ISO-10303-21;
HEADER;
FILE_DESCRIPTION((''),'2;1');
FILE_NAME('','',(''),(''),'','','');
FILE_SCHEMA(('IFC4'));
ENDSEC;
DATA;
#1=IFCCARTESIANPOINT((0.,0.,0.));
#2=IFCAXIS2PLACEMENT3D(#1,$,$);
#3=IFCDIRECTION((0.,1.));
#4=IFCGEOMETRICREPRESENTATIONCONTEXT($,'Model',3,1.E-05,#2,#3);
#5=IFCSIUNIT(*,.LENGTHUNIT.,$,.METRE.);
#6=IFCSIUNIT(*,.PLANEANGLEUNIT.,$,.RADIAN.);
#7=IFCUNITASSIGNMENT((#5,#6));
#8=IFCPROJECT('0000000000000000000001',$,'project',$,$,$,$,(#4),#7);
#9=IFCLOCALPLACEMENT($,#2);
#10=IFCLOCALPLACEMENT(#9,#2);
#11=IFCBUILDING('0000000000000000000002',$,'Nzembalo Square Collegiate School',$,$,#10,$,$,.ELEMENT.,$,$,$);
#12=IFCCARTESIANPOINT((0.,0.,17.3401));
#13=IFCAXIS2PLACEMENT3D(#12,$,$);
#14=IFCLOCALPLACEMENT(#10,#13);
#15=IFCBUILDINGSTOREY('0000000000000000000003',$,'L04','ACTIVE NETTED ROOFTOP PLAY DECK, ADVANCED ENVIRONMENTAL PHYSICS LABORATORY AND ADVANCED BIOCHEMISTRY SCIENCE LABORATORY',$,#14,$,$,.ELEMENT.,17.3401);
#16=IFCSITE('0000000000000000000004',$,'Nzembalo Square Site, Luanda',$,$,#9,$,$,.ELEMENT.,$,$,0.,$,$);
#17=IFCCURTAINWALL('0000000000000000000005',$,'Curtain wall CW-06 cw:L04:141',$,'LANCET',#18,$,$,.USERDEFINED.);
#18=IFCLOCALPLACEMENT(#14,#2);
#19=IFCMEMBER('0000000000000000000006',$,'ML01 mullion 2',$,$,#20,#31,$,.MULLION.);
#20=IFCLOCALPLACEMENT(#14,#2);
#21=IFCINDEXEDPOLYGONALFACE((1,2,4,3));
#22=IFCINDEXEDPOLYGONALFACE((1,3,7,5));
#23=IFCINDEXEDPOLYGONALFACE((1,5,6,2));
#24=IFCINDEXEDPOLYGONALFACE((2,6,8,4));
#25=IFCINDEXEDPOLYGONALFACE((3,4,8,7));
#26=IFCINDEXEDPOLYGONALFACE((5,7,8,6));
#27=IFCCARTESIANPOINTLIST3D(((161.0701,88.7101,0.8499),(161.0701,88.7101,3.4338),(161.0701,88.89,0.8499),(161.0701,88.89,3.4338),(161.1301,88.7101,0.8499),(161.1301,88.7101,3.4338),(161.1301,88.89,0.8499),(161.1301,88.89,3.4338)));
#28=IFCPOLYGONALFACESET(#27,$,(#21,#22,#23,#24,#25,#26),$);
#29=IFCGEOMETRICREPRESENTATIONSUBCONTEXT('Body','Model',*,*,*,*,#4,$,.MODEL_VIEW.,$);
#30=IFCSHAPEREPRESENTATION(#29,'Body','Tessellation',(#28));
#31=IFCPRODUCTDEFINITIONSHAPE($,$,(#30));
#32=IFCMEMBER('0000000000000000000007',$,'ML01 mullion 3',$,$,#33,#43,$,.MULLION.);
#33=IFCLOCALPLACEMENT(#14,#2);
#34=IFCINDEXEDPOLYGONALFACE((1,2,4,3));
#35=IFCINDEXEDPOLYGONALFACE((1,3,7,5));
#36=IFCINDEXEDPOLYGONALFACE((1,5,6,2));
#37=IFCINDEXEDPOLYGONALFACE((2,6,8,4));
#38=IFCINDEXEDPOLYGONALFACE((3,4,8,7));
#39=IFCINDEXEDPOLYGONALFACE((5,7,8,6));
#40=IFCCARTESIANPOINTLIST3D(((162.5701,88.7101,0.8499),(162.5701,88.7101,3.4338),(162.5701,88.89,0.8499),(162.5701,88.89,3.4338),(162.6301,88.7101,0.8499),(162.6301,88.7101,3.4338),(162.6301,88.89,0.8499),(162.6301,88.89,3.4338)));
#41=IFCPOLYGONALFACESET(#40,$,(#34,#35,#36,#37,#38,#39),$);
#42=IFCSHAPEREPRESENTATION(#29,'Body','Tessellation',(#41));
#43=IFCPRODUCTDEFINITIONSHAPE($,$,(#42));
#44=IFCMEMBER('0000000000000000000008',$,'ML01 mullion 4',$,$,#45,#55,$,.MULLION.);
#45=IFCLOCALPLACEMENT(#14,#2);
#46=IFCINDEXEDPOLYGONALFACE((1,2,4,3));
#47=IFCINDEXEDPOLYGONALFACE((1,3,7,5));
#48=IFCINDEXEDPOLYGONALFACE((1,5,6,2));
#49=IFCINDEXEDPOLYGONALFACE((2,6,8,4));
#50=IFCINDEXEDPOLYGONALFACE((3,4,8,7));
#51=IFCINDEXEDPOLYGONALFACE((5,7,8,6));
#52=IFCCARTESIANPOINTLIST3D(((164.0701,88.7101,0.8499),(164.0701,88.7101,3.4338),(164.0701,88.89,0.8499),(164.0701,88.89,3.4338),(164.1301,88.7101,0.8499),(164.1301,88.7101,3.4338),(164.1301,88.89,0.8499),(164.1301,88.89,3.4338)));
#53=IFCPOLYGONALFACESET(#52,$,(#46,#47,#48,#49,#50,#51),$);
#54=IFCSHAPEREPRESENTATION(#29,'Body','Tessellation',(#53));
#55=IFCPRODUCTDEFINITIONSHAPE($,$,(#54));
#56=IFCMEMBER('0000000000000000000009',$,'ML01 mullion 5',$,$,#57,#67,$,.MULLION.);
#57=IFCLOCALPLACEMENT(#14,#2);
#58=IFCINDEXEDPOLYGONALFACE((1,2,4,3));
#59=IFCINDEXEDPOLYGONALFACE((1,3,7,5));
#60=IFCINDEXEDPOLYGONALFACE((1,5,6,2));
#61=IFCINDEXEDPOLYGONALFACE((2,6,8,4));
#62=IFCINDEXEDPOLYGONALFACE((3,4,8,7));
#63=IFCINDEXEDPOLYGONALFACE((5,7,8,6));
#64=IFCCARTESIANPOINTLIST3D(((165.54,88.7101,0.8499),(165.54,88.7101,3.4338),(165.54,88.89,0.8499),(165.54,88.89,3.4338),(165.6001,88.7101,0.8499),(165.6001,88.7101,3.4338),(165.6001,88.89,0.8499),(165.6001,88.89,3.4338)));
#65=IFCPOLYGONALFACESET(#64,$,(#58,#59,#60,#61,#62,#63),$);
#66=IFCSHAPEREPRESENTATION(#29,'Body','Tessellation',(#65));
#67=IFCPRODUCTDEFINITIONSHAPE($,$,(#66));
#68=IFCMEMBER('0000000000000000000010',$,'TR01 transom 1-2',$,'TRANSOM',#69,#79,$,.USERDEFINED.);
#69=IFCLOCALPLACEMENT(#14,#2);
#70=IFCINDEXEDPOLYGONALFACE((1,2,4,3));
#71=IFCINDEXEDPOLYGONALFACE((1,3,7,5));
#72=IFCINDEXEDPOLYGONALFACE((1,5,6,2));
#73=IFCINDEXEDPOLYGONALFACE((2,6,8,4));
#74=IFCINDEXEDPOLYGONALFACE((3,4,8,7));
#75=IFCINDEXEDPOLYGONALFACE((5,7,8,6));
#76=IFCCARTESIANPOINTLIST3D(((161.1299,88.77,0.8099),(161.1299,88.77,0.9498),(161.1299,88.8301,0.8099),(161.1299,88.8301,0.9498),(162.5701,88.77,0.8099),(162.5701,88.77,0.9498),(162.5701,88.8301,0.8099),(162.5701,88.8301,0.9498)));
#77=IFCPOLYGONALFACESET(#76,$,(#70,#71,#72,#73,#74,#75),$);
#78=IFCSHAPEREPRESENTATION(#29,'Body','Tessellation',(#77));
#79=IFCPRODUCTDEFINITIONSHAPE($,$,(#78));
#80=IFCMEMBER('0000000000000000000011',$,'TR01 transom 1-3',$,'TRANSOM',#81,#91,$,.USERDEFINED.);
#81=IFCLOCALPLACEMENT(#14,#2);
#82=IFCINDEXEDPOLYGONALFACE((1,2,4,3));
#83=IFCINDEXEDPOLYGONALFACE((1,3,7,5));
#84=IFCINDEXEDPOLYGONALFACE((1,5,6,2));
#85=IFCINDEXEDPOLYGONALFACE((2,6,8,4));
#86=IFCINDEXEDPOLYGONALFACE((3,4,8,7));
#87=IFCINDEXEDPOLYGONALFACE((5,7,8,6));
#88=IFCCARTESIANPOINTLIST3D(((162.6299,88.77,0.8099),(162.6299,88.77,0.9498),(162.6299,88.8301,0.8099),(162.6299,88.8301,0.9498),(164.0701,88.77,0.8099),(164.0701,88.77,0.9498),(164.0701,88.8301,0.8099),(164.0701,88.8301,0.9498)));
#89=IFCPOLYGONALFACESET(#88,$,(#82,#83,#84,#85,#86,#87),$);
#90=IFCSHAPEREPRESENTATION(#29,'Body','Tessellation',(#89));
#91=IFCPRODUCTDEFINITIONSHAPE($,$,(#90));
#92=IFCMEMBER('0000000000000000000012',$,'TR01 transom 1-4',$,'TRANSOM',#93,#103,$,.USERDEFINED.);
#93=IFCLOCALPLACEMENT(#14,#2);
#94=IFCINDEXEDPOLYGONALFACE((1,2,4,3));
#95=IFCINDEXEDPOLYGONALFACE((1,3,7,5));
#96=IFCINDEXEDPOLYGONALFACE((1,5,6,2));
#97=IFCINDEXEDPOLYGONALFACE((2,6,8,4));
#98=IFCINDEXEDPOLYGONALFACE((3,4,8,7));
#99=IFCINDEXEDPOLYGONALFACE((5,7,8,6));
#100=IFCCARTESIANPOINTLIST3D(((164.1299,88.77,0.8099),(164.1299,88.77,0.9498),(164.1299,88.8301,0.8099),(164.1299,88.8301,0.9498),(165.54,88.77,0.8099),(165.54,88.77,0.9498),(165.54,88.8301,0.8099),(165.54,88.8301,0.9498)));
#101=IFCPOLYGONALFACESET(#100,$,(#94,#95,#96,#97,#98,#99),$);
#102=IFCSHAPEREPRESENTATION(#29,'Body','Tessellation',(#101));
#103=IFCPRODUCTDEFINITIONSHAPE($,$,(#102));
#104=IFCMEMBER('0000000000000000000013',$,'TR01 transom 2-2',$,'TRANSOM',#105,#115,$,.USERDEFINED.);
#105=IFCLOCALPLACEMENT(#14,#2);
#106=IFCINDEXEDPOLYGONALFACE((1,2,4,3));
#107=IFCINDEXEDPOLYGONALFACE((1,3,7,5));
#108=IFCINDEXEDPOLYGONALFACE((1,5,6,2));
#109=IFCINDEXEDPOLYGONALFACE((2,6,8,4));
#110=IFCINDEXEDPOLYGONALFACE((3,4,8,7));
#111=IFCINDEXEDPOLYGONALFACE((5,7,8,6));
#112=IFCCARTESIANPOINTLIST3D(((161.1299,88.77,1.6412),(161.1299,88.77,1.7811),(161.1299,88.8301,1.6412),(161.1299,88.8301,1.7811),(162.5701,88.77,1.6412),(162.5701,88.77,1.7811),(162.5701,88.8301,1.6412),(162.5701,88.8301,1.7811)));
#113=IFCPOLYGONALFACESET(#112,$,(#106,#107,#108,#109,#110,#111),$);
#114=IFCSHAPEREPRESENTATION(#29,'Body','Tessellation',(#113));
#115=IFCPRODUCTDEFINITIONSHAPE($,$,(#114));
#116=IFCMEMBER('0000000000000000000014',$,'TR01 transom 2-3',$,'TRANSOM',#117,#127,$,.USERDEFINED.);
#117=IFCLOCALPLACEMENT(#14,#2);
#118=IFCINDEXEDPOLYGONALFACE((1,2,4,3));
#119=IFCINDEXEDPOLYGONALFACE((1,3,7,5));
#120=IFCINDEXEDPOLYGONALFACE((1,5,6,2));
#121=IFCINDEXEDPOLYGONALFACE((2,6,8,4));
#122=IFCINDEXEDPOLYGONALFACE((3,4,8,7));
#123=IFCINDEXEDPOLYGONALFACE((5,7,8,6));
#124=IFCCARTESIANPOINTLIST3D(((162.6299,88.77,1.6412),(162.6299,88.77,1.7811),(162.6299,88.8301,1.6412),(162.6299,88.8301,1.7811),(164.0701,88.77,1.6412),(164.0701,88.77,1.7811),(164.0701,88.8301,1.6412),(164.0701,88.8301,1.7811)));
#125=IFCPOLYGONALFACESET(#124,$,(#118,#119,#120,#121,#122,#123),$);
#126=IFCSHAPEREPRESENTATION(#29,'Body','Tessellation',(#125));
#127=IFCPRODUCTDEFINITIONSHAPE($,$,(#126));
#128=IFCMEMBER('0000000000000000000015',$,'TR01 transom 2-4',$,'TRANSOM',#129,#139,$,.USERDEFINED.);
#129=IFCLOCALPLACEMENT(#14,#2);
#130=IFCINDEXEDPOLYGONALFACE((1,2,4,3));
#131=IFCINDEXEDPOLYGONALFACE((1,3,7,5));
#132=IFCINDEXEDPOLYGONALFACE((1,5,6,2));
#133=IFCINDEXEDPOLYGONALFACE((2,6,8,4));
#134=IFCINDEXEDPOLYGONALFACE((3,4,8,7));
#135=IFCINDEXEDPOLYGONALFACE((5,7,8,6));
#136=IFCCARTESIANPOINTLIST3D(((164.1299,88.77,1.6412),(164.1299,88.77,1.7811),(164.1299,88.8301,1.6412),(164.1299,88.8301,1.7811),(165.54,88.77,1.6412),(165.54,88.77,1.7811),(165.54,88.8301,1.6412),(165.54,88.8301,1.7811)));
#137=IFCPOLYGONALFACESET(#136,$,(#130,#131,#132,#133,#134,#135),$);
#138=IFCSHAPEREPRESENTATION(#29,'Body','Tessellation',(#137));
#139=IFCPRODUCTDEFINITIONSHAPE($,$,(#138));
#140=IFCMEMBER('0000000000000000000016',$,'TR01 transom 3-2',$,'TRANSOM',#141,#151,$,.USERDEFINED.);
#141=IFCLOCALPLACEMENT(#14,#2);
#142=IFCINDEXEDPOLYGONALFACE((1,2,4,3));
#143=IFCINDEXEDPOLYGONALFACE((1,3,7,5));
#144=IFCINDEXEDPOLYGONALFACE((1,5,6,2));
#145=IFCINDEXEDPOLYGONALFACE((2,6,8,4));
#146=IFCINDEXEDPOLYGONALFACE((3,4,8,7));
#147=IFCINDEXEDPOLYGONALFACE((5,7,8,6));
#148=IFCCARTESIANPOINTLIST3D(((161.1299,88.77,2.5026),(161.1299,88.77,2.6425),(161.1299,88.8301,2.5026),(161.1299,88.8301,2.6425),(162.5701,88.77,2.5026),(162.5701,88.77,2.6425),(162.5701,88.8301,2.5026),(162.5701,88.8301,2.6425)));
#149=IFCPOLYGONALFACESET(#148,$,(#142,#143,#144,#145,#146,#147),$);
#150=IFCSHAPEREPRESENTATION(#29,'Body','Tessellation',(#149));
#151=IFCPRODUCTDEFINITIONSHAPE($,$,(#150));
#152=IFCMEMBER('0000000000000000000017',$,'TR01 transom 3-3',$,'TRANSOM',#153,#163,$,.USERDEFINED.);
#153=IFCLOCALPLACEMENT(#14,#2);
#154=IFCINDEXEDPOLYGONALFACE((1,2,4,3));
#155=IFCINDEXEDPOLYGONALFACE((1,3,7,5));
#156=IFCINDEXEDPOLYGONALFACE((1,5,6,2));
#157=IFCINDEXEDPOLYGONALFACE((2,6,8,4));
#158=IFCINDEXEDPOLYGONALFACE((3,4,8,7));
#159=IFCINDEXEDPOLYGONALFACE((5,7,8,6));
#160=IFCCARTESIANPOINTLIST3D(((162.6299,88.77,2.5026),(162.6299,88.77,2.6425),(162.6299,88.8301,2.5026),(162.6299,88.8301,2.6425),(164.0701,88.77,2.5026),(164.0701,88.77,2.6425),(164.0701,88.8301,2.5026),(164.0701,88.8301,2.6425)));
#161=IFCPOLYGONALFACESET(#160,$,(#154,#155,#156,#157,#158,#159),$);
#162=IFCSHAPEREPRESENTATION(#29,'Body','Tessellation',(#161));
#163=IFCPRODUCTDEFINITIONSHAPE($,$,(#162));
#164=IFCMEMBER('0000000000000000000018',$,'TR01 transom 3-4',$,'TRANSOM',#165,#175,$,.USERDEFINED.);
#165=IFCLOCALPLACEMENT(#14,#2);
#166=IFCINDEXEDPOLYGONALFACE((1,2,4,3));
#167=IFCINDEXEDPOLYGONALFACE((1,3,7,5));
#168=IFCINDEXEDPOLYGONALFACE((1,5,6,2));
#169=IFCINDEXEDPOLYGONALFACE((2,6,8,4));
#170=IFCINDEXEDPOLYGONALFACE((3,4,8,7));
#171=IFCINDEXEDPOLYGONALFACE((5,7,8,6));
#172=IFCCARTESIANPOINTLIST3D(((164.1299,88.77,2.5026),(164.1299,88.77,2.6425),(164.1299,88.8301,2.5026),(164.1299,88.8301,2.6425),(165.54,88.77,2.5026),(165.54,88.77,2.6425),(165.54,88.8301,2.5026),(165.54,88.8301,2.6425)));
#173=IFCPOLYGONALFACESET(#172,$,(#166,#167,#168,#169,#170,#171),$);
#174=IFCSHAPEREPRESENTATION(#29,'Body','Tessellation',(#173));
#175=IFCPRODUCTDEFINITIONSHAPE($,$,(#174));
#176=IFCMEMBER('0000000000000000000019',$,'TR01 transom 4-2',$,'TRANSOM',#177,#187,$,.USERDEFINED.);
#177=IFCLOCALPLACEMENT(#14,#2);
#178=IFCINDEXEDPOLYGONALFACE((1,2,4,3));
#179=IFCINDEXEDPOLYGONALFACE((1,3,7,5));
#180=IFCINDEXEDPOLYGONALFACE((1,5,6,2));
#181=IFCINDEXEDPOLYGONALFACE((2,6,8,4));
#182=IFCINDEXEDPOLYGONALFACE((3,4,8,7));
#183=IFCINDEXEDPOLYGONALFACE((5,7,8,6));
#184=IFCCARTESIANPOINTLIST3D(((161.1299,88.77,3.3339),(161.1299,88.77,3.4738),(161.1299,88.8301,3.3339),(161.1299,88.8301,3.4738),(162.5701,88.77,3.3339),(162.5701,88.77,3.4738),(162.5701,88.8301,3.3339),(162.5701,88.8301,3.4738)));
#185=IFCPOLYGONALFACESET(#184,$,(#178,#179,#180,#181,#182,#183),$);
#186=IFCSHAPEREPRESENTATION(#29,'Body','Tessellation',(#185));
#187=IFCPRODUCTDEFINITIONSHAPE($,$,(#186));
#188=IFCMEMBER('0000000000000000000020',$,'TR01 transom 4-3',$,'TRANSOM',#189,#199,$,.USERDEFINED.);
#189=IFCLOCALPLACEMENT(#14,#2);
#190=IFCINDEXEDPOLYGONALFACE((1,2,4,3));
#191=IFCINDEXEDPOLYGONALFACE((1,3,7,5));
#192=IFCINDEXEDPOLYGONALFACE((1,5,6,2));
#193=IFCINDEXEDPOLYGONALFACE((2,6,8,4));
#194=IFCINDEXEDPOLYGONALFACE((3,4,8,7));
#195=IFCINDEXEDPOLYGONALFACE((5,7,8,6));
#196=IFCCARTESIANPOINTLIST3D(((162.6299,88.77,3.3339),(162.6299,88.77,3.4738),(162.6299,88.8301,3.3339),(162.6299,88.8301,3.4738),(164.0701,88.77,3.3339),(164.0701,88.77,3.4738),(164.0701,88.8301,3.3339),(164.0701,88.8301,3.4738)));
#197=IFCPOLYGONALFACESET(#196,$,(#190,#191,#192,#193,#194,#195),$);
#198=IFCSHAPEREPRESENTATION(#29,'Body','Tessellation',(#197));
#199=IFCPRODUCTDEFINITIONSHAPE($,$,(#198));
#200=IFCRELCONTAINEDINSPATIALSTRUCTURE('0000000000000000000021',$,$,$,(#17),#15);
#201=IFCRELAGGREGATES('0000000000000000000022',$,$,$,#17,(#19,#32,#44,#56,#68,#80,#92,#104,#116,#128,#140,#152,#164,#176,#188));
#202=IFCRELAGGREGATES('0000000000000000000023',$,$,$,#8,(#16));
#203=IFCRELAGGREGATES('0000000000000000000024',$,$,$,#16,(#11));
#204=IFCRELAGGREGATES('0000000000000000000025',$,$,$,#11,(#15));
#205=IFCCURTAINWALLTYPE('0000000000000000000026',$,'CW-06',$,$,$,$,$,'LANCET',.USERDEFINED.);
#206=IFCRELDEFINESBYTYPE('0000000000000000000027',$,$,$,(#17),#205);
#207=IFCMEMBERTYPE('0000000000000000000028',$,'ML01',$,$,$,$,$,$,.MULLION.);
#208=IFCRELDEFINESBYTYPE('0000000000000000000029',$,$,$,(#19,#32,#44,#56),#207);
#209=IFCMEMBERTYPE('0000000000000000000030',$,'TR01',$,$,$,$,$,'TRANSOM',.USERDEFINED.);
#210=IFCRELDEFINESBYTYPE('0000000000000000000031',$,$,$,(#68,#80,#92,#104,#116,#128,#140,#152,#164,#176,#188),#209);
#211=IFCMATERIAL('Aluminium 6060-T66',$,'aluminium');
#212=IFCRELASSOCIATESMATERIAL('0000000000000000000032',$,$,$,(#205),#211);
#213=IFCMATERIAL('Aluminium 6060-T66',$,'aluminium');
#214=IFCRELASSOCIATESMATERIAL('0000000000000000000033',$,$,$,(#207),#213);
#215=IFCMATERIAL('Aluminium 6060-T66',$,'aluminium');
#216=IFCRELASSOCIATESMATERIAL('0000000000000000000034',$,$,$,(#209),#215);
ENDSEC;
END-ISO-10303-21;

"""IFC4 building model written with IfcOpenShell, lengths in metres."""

from ifc_helpers import new_model, si_unit, direction, frame, origin, origin_2d, place, context, subcontext, project, spatial, rectangle, extrude, material, material_profile, profile_set, type_object, element, aggregate, save


model = new_model("IFC4")

# Units and contexts
model_context = context("Model", 3, precision=1e-05, world=origin(), true_north=direction((0.0, 1.0)))
body_context = subcontext(model_context, "Body", "Model", "MODEL_VIEW")
ifc_project = project(units=[si_unit("LENGTHUNIT", "METRE"), si_unit("PLANEANGLEUNIT", "RADIAN")], contexts=[model_context])

# Site, building, storey
site_placement = place(None, origin())
site = spatial("IfcSite", under=ifc_project, at=site_placement, Name="Nzembalo Square Site, Luanda", CompositionType="ELEMENT", RefElevation=0.0)
building_placement = place(site_placement, origin())
building = spatial("IfcBuilding", under=site, at=building_placement, Name="Nzembalo Square Collegiate School", CompositionType="ELEMENT")
storey_placement = place(building_placement, frame((0.0, 0.0, 17.3401)))
storey = spatial("IfcBuildingStorey", under=building, at=storey_placement, Name="L04", Description="ACTIVE NETTED ROOFTOP PLAY DECK, ADVANCED ENVIRONMENTAL PHYSICS LABORATORY AND ADVANCED BIOCHEMISTRY SCIENCE LABORATORY", CompositionType="ELEMENT", Elevation=17.3401)

# Curtain wall, members
ifc_material_1 = material(Name="Aluminium 6060-T66", Category="aluminium")
curtain_wall_type = type_object("IfcCurtainWallType", Name="CW-06", ElementType="LANCET", PredefinedType="USERDEFINED", material=ifc_material_1)
curtain_wall_placement = place(storey_placement, origin())
curtain_wall = element("IfcCurtainWall", 1, at=curtain_wall_placement, inside=storey, type_object=curtain_wall_type, Name="Curtain wall CW-06 cw:L04:141", ObjectType="LANCET", PredefinedType="USERDEFINED")
ifc_material_2 = material(Name="Aluminium 6060-T66", Category="aluminium")
ifc_material_profile_1 = material_profile(ifc_material_2, rectangle(XDim=0.0601, YDim=0.1799, at=origin_2d()), Name="ALU M60x180")
ifc_profile_set_1 = profile_set([ifc_material_profile_1], Name="Aluminium 6060-T66")
member_type_1 = type_object("IfcMemberType", Name="ML01", PredefinedType="MULLION", material=ifc_profile_set_1)
member_1_placement = place(storey_placement, frame((161.1001, 88.8, 0.8499), z_axis=(0.0, 0.0, 1.0), x_axis=(1.0, 0.0, 0.0)))
member_1 = element("IfcMember", 2, at=member_1_placement, type_object=member_type_1, Name="ML01 mullion 2", PredefinedType="MULLION", context=body_context, shape_type="SweptSolid", body=[
    extrude(rectangle(XDim=0.0601, YDim=0.1799, at=origin_2d()), origin(), (0.0, 0.0, 1.0), 2.584),
])
member_2_placement = place(storey_placement, frame((162.6001, 88.8, 0.8499), z_axis=(0.0, 0.0, 1.0), x_axis=(1.0, 0.0, 0.0)))
member_2 = element("IfcMember", 3, at=member_2_placement, type_object=member_type_1, Name="ML01 mullion 3", PredefinedType="MULLION", context=body_context, shape_type="SweptSolid", body=[
    extrude(rectangle(XDim=0.0601, YDim=0.1799, at=origin_2d()), origin(), (0.0, 0.0, 1.0), 2.584),
])
member_3_placement = place(storey_placement, frame((164.1001, 88.8, 0.8499), z_axis=(0.0, 0.0, 1.0), x_axis=(1.0, 0.0, 0.0)))
member_3 = element("IfcMember", 4, at=member_3_placement, type_object=member_type_1, Name="ML01 mullion 4", PredefinedType="MULLION", context=body_context, shape_type="SweptSolid", body=[
    extrude(rectangle(XDim=0.0601, YDim=0.1799, at=origin_2d()), origin(), (0.0, 0.0, 1.0), 2.584),
])
member_4_placement = place(storey_placement, frame((165.5701, 88.8, 0.8499), z_axis=(0.0, 0.0, 1.0), x_axis=(1.0, 0.0, 0.0)))
member_4 = element("IfcMember", 5, at=member_4_placement, type_object=member_type_1, Name="ML01 mullion 5", PredefinedType="MULLION", context=body_context, shape_type="SweptSolid", body=[
    extrude(rectangle(XDim=0.0601, YDim=0.1799, at=origin_2d()), origin(), (0.0, 0.0, 1.0), 2.584),
])
ifc_material_3 = material(Name="Aluminium 6060-T66", Category="aluminium")
ifc_material_profile_2 = material_profile(ifc_material_3, rectangle(XDim=0.0601, YDim=0.1399, at=origin_2d()), Name="ALU T60x140")
ifc_profile_set_2 = profile_set([ifc_material_profile_2], Name="Aluminium 6060-T66")
member_type_2 = type_object("IfcMemberType", Name="TR01", ElementType="TRANSOM", PredefinedType="USERDEFINED", material=ifc_profile_set_2)
member_5_placement = place(storey_placement, frame((161.1299, 88.8, 0.8799), z_axis=(1.0, 0.0, 0.0), x_axis=(0.0, 1.0, 0.0)))
member_5 = element("IfcMember", 6, at=member_5_placement, type_object=member_type_2, Name="TR01 transom 1-2", ObjectType="TRANSOM", PredefinedType="USERDEFINED", context=body_context, shape_type="SweptSolid", body=[
    extrude(rectangle(XDim=0.0601, YDim=0.1399, at=origin_2d()), origin(), (0.0, 0.0, 1.0), 1.4402),
])
member_6_placement = place(storey_placement, frame((162.6299, 88.8, 0.8799), z_axis=(1.0, 0.0, 0.0), x_axis=(0.0, 1.0, 0.0)))
member_6 = element("IfcMember", 7, at=member_6_placement, type_object=member_type_2, Name="TR01 transom 1-3", ObjectType="TRANSOM", PredefinedType="USERDEFINED", context=body_context, shape_type="SweptSolid", body=[
    extrude(rectangle(XDim=0.0601, YDim=0.1399, at=origin_2d()), origin(), (0.0, 0.0, 1.0), 1.4402),
])
member_7_placement = place(storey_placement, frame((164.1299, 88.8, 0.8799), z_axis=(1.0, 0.0, 0.0), x_axis=(0.0, 1.0, 0.0)))
member_7 = element("IfcMember", 8, at=member_7_placement, type_object=member_type_2, Name="TR01 transom 1-4", ObjectType="TRANSOM", PredefinedType="USERDEFINED", context=body_context, shape_type="SweptSolid", body=[
    extrude(rectangle(XDim=0.0601, YDim=0.1399, at=origin_2d()), origin(), (0.0, 0.0, 1.0), 1.4102),
])
member_8_placement = place(storey_placement, frame((161.1299, 88.8, 1.7112), z_axis=(1.0, 0.0, 0.0), x_axis=(0.0, 1.0, 0.0)))
member_8 = element("IfcMember", 9, at=member_8_placement, type_object=member_type_2, Name="TR01 transom 2-2", ObjectType="TRANSOM", PredefinedType="USERDEFINED", context=body_context, shape_type="SweptSolid", body=[
    extrude(rectangle(XDim=0.0601, YDim=0.1399, at=origin_2d()), origin(), (0.0, 0.0, 1.0), 1.4402),
])
member_9_placement = place(storey_placement, frame((162.6299, 88.8, 1.7112), z_axis=(1.0, 0.0, 0.0), x_axis=(0.0, 1.0, 0.0)))
member_9 = element("IfcMember", 10, at=member_9_placement, type_object=member_type_2, Name="TR01 transom 2-3", ObjectType="TRANSOM", PredefinedType="USERDEFINED", context=body_context, shape_type="SweptSolid", body=[
    extrude(rectangle(XDim=0.0601, YDim=0.1399, at=origin_2d()), origin(), (0.0, 0.0, 1.0), 1.4402),
])
member_10_placement = place(storey_placement, frame((164.1299, 88.8, 1.7112), z_axis=(1.0, 0.0, 0.0), x_axis=(0.0, 1.0, 0.0)))
member_10 = element("IfcMember", 11, at=member_10_placement, type_object=member_type_2, Name="TR01 transom 2-4", ObjectType="TRANSOM", PredefinedType="USERDEFINED", context=body_context, shape_type="SweptSolid", body=[
    extrude(rectangle(XDim=0.0601, YDim=0.1399, at=origin_2d()), origin(), (0.0, 0.0, 1.0), 1.4102),
])
member_11_placement = place(storey_placement, frame((161.1299, 88.8, 2.5725), z_axis=(1.0, 0.0, 0.0), x_axis=(0.0, 1.0, 0.0)))
member_11 = element("IfcMember", 12, at=member_11_placement, type_object=member_type_2, Name="TR01 transom 3-2", ObjectType="TRANSOM", PredefinedType="USERDEFINED", context=body_context, shape_type="SweptSolid", body=[
    extrude(rectangle(XDim=0.0601, YDim=0.1399, at=origin_2d()), origin(), (0.0, 0.0, 1.0), 1.4402),
])
member_12_placement = place(storey_placement, frame((162.6299, 88.8, 2.5725), z_axis=(1.0, 0.0, 0.0), x_axis=(0.0, 1.0, 0.0)))
member_12 = element("IfcMember", 13, at=member_12_placement, type_object=member_type_2, Name="TR01 transom 3-3", ObjectType="TRANSOM", PredefinedType="USERDEFINED", context=body_context, shape_type="SweptSolid", body=[
    extrude(rectangle(XDim=0.0601, YDim=0.1399, at=origin_2d()), origin(), (0.0, 0.0, 1.0), 1.4402),
])
member_13_placement = place(storey_placement, frame((164.1299, 88.8, 2.5725), z_axis=(1.0, 0.0, 0.0), x_axis=(0.0, 1.0, 0.0)))
member_13 = element("IfcMember", 14, at=member_13_placement, type_object=member_type_2, Name="TR01 transom 3-4", ObjectType="TRANSOM", PredefinedType="USERDEFINED", context=body_context, shape_type="SweptSolid", body=[
    extrude(rectangle(XDim=0.0601, YDim=0.1399, at=origin_2d()), origin(), (0.0, 0.0, 1.0), 1.4102),
])
member_14_placement = place(storey_placement, frame((161.1299, 88.8, 3.4038), z_axis=(1.0, 0.0, 0.0), x_axis=(0.0, 1.0, 0.0)))
member_14 = element("IfcMember", 15, at=member_14_placement, type_object=member_type_2, Name="TR01 transom 4-2", ObjectType="TRANSOM", PredefinedType="USERDEFINED", context=body_context, shape_type="SweptSolid", body=[
    extrude(rectangle(XDim=0.0601, YDim=0.1399, at=origin_2d()), origin(), (0.0, 0.0, 1.0), 1.4402),
])
member_15_placement = place(storey_placement, frame((162.6299, 88.8, 3.4038), z_axis=(1.0, 0.0, 0.0), x_axis=(0.0, 1.0, 0.0)))
member_15 = element("IfcMember", 16, at=member_15_placement, type_object=member_type_2, Name="TR01 transom 4-3", ObjectType="TRANSOM", PredefinedType="USERDEFINED", context=body_context, shape_type="SweptSolid", body=[
    extrude(rectangle(XDim=0.0601, YDim=0.1399, at=origin_2d()), origin(), (0.0, 0.0, 1.0), 1.4402),
])
aggregate(curtain_wall, [member_1, member_2, member_3, member_4, member_5, member_6, member_7, member_8, member_9, member_10, member_11, member_12, member_13, member_14, member_15])

save(model, "model.ifc")
